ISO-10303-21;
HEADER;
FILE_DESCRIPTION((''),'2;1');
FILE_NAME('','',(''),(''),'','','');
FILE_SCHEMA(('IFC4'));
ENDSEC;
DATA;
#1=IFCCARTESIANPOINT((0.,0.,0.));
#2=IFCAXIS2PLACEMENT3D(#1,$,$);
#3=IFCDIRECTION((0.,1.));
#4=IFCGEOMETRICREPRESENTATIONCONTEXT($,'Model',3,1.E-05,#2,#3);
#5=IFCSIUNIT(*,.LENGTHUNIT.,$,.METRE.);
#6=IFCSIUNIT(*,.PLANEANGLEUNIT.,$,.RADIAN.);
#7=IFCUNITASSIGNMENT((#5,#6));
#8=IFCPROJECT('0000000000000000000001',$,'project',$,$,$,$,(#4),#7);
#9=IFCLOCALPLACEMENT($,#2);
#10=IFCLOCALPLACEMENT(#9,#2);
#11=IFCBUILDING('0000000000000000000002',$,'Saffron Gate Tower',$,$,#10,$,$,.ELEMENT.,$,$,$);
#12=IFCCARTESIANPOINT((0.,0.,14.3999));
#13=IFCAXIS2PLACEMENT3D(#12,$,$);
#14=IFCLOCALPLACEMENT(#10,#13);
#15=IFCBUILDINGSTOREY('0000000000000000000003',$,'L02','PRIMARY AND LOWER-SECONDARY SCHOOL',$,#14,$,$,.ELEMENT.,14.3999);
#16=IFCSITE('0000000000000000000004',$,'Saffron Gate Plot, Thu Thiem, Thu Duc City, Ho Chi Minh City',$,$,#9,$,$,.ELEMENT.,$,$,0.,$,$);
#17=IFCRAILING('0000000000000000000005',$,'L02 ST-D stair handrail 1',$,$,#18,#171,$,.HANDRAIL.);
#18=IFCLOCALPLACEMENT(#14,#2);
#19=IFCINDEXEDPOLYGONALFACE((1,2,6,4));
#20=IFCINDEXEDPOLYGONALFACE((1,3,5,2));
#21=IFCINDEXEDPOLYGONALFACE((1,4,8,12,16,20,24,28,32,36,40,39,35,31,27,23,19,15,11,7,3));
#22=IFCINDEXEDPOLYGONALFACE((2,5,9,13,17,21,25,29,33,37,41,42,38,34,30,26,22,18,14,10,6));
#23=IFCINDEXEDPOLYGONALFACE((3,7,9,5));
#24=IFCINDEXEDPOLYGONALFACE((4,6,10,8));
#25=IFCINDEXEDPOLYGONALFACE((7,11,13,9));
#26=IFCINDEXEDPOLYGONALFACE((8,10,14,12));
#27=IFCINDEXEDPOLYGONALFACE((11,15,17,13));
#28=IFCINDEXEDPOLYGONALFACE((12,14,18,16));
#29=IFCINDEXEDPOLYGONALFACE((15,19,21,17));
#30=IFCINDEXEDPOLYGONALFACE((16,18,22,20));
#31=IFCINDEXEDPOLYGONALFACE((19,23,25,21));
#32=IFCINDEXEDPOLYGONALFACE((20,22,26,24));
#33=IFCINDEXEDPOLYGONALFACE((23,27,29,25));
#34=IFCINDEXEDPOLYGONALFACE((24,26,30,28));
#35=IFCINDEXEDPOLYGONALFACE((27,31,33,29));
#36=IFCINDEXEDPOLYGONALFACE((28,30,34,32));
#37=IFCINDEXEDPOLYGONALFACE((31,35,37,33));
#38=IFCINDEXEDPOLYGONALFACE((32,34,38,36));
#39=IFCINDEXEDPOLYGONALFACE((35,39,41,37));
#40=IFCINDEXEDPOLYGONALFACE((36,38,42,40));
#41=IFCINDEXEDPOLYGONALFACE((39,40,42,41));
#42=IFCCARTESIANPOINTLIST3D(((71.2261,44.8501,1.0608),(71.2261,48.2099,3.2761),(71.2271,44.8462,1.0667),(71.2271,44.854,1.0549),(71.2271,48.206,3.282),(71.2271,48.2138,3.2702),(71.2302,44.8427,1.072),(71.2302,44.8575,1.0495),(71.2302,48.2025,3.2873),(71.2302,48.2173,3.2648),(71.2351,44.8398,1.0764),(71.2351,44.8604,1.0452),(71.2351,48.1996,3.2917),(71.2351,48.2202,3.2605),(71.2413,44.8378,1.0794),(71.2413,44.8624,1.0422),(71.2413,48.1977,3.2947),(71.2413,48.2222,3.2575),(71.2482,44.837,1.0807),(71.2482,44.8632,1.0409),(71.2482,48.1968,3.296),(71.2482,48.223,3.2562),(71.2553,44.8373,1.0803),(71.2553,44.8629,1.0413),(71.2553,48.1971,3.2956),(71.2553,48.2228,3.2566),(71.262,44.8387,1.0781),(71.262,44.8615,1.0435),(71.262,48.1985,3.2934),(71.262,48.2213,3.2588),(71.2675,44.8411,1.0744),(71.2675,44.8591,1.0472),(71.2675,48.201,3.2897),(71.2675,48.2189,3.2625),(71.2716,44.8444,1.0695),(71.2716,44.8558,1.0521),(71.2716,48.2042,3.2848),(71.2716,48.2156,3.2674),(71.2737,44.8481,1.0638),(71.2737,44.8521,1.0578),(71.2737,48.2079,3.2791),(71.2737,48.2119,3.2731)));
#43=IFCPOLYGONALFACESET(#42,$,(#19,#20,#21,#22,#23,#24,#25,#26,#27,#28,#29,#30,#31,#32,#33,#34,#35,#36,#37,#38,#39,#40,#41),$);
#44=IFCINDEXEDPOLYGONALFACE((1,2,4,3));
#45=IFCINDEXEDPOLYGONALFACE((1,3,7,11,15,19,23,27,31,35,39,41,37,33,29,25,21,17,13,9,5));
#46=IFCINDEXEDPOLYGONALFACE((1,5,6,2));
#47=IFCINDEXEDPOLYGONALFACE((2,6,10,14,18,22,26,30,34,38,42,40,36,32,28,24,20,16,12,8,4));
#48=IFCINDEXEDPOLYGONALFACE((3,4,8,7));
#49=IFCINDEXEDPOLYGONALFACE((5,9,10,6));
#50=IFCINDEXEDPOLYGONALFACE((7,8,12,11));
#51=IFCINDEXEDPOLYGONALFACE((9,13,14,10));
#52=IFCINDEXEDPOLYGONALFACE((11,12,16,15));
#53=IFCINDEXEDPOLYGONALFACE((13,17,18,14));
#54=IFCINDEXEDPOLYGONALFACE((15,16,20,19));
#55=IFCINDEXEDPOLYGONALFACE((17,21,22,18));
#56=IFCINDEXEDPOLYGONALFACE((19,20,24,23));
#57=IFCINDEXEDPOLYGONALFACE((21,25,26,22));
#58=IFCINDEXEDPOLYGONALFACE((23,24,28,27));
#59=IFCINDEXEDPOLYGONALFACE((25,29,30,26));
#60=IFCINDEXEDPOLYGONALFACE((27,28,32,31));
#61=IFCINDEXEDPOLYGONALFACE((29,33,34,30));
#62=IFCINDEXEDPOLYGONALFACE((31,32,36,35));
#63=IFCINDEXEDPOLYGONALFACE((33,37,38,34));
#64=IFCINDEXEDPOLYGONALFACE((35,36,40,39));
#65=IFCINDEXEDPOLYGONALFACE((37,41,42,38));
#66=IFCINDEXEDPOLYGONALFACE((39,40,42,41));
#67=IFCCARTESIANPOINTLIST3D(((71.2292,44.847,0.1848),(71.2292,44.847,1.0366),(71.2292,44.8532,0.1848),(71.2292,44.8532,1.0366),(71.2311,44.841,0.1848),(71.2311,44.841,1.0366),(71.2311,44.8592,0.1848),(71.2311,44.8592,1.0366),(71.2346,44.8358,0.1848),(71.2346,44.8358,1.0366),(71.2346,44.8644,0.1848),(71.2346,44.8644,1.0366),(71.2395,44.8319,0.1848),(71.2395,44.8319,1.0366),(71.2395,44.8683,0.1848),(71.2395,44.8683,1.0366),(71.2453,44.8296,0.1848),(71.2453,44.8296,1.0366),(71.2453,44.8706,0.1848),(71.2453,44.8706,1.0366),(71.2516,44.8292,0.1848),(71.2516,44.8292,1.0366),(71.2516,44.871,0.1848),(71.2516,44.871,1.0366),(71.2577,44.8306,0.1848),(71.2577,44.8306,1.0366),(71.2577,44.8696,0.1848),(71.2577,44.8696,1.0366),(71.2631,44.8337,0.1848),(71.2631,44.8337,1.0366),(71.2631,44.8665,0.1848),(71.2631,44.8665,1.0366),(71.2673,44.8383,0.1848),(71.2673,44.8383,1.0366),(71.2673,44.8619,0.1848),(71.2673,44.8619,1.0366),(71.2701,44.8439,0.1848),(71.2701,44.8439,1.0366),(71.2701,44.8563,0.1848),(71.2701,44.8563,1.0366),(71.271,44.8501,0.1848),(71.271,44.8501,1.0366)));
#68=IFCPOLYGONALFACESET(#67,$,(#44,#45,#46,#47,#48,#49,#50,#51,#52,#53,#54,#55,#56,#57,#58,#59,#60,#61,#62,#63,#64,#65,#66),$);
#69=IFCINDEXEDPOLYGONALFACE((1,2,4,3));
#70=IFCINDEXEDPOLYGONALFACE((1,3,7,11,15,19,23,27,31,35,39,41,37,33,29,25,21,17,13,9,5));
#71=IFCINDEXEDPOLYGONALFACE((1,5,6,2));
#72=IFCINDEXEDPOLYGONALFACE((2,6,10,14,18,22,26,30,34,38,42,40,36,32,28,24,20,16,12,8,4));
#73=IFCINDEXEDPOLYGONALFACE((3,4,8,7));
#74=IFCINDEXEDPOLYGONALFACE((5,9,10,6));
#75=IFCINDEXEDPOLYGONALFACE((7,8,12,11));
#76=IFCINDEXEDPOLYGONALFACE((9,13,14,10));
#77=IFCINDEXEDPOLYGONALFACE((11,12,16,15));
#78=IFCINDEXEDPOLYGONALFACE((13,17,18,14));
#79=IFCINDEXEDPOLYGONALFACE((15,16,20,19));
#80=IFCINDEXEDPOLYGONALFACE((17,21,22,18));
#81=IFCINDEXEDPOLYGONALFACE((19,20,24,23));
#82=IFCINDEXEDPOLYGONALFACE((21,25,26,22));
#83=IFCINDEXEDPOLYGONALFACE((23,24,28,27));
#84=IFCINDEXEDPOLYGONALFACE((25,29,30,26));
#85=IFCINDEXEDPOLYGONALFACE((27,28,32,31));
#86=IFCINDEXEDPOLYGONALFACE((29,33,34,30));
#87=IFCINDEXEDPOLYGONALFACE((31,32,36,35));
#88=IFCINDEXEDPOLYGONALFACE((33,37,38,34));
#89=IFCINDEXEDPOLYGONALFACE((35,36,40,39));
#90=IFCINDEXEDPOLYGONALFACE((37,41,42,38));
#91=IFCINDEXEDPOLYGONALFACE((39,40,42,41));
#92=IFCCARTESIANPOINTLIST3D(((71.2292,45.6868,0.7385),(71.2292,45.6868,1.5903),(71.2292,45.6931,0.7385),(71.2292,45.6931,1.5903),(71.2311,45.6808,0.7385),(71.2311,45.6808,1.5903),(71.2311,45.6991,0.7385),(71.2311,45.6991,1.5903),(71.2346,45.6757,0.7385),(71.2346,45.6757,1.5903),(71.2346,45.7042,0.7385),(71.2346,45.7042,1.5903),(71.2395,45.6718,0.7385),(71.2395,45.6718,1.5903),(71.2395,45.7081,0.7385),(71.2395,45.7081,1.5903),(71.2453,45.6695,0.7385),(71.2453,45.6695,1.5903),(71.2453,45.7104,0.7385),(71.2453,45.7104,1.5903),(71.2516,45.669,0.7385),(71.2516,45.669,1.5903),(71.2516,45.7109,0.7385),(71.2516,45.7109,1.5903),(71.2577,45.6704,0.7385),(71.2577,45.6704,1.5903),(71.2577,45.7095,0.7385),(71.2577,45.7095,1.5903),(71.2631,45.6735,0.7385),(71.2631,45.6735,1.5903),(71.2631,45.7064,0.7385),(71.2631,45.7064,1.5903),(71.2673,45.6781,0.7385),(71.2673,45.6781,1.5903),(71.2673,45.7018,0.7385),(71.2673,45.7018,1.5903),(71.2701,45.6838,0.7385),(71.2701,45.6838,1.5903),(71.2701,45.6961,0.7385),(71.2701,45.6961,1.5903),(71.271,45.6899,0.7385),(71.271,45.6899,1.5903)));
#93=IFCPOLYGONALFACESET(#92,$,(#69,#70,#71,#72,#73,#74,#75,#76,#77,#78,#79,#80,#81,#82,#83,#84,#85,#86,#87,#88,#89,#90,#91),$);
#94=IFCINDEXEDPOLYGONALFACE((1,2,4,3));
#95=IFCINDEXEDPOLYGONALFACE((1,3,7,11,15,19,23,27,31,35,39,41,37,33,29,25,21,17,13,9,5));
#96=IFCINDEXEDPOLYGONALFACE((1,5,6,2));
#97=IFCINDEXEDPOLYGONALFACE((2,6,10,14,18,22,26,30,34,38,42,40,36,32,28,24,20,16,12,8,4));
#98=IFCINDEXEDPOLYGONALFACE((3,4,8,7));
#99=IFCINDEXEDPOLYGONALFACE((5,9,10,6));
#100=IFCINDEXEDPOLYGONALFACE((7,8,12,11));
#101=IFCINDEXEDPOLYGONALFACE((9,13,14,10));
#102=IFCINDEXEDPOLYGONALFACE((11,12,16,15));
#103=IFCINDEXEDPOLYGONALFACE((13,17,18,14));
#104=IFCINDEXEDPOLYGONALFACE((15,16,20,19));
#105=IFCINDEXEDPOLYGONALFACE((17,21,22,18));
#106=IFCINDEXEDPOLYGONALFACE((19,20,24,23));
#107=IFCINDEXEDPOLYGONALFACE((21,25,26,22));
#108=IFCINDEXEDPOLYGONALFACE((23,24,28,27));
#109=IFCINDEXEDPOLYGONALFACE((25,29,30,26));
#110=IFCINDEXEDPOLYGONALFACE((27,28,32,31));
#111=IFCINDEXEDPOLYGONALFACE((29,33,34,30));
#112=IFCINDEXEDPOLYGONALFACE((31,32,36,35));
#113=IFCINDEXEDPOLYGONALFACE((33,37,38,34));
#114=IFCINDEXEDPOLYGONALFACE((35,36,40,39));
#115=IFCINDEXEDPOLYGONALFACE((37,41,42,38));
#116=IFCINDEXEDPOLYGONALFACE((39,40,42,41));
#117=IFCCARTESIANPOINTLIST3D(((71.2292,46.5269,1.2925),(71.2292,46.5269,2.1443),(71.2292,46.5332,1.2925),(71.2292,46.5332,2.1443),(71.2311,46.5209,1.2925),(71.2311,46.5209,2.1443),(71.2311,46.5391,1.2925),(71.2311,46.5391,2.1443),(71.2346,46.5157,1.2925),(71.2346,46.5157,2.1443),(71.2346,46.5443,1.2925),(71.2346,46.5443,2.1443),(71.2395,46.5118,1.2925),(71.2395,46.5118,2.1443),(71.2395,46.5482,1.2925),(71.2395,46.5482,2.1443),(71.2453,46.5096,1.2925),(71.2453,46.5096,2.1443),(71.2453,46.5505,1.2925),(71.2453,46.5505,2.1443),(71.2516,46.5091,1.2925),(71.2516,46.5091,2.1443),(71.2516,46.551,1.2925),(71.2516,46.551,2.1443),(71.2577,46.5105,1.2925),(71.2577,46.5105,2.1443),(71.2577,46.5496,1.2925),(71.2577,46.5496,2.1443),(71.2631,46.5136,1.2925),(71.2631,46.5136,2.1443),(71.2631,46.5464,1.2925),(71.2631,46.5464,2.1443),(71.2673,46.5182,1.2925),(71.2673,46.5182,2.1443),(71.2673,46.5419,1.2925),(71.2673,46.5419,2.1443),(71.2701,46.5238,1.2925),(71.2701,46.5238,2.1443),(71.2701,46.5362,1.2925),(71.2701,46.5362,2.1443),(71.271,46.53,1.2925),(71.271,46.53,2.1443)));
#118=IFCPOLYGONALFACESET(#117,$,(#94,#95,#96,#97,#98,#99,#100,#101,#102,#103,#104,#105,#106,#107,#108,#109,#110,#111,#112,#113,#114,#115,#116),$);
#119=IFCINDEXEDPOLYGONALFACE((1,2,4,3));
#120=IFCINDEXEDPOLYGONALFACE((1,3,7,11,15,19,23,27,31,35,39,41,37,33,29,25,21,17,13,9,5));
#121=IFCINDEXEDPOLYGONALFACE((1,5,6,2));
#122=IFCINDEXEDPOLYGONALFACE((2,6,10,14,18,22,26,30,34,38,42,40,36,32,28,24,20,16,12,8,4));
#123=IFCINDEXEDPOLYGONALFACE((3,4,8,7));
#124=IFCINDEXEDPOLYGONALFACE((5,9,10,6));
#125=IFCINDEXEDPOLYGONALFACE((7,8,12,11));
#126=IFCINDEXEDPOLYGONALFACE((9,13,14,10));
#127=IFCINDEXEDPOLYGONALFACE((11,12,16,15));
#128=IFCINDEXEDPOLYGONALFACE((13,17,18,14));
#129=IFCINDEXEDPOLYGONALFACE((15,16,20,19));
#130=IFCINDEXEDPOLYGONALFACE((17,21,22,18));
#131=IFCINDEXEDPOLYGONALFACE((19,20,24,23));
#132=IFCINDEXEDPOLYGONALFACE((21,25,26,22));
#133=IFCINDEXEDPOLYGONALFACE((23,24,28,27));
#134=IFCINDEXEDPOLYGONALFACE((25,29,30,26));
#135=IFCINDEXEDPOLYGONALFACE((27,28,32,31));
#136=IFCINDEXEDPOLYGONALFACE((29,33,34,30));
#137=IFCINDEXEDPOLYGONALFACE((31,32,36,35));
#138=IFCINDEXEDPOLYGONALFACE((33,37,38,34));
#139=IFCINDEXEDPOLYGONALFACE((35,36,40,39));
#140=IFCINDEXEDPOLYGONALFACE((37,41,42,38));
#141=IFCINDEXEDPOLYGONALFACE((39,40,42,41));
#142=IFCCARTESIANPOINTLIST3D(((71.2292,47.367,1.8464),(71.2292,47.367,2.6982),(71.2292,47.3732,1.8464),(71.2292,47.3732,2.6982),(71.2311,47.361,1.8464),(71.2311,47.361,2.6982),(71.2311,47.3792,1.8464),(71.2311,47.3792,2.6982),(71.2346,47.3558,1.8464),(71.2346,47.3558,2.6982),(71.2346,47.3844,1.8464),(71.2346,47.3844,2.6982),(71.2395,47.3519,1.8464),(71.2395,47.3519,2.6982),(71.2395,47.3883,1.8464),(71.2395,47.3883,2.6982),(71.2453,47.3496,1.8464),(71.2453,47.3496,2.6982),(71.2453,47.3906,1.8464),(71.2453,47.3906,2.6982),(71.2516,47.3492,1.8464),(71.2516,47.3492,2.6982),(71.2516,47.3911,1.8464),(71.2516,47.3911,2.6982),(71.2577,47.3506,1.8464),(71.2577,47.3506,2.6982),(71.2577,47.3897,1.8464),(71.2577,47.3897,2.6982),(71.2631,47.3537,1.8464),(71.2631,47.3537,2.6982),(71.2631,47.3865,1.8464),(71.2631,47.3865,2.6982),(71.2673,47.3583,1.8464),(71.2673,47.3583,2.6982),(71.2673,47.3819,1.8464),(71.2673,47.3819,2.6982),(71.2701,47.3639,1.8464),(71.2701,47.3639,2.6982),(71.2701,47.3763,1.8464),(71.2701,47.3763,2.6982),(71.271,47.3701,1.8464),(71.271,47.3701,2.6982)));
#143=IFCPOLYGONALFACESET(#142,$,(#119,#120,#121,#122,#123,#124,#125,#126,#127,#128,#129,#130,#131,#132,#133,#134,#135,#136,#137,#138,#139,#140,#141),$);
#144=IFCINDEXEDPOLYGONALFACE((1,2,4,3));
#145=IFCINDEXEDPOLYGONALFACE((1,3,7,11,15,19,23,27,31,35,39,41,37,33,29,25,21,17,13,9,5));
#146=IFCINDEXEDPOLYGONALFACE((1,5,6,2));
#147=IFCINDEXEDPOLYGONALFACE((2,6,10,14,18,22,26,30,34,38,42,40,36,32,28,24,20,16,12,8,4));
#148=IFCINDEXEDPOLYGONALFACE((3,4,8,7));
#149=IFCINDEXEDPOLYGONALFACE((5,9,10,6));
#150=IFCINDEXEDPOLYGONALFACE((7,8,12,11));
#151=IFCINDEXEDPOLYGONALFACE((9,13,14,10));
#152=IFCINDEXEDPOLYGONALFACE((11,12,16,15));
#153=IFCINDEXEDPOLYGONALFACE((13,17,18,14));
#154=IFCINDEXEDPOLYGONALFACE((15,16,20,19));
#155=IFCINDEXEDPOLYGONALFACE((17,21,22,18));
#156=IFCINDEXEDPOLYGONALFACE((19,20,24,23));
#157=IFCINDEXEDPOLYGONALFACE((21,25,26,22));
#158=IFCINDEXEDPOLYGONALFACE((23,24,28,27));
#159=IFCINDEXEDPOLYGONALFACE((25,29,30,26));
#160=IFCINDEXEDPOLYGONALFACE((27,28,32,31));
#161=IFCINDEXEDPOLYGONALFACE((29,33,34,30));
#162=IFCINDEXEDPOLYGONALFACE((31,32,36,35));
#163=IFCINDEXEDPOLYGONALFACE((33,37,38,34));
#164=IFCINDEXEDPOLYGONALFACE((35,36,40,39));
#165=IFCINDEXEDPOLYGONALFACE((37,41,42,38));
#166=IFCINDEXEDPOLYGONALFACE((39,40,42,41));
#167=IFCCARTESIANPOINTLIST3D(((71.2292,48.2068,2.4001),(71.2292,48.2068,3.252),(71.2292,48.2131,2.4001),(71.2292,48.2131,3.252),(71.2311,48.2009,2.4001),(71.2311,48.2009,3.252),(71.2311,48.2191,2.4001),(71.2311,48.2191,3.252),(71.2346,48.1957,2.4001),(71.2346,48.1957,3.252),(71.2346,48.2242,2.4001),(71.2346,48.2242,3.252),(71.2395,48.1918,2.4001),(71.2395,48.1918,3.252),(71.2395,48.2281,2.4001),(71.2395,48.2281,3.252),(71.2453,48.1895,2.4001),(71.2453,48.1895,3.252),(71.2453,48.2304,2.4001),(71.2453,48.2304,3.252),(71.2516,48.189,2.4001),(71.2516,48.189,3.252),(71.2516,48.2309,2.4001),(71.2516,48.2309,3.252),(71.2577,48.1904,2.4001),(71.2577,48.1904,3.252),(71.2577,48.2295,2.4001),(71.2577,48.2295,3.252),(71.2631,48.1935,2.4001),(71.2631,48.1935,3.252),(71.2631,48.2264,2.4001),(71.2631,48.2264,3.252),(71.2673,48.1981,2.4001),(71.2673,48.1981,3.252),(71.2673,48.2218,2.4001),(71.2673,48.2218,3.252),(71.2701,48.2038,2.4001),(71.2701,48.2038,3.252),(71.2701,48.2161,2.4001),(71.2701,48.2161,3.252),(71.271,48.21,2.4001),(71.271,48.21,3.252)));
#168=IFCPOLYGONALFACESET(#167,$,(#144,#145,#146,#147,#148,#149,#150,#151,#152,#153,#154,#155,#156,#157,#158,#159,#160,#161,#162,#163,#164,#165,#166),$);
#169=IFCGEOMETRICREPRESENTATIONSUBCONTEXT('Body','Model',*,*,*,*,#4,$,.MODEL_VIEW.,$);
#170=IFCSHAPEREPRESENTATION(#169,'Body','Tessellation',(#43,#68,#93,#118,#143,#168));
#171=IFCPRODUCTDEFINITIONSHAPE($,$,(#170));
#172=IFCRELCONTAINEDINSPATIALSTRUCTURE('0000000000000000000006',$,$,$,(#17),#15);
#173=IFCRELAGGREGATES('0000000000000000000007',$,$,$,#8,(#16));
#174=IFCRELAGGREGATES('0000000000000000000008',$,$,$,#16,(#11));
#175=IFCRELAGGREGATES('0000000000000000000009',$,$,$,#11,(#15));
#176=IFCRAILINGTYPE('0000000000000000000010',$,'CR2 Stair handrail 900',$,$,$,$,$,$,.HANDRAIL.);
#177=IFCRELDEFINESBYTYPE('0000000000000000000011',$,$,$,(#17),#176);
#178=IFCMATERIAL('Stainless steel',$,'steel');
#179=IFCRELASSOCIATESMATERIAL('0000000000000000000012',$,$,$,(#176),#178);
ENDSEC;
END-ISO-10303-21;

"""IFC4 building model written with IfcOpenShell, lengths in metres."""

from ifc_helpers import new_model, si_unit, direction, frame, origin, origin_2d, place, context, subcontext, project, spatial, circle, extrude, material, type_object, element, save


model = new_model("IFC4")

# Units and contexts
model_context = context("Model", 3, precision=1e-05, world=origin(), true_north=direction((0.0, 1.0)))
body_context = subcontext(model_context, "Body", "Model", "MODEL_VIEW")
ifc_project = project(units=[si_unit("LENGTHUNIT", "METRE"), si_unit("PLANEANGLEUNIT", "RADIAN")], contexts=[model_context])

# Site, building, storey
site_placement = place(None, origin())
site = spatial("IfcSite", under=ifc_project, at=site_placement, Name="Saffron Gate Plot, Thu Thiem, Thu Duc City, Ho Chi Minh City", CompositionType="ELEMENT", RefElevation=0.0)
building_placement = place(site_placement, origin())
building = spatial("IfcBuilding", under=site, at=building_placement, Name="Saffron Gate Tower", CompositionType="ELEMENT")
storey_placement = place(building_placement, frame((0.0, 0.0, 14.3999)))
storey = spatial("IfcBuildingStorey", under=building, at=storey_placement, Name="L02", Description="PRIMARY AND LOWER-SECONDARY SCHOOL", CompositionType="ELEMENT", Elevation=14.3999)

# Railing
ifc_material_1 = material(Name="Stainless steel", Category="steel")
railing_type_1 = type_object("IfcRailingType", Name="CR2 Stair handrail 900", PredefinedType="HANDRAIL", material=ifc_material_1)
railing_1_placement = place(storey_placement, frame((71.25, 44.8501, 0.1848)))
element("IfcRailing", 1, at=railing_1_placement, inside=storey, type_object=railing_type_1, Name="L02 ST-D stair handrail 1", PredefinedType="HANDRAIL", context=body_context, shape_type="SweptSolid", body=[
    extrude(circle(Radius=0.0239, at=origin_2d()), frame((0.0, 0.0, 0.876), z_axis=(0.0, 0.834858, 0.550465), x_axis=(-1.0, 0.0, 0.0)), (0.0, 0.0, 1.0), 4.0244),
    extrude(circle(Radius=0.021, at=origin_2d()), origin(), (0.0, 0.0, 1.0), 0.8518),
    extrude(circle(Radius=0.021, at=origin_2d()), frame((0.0, 0.8398, 0.5537)), (0.0, 0.0, 1.0), 0.8518),
    extrude(circle(Radius=0.021, at=origin_2d()), frame((0.0, 1.6799, 1.1077)), (0.0, 0.0, 1.0), 0.8518),
    extrude(circle(Radius=0.021, at=origin_2d()), frame((0.0, 2.52, 1.6616)), (0.0, 0.0, 1.0), 0.8518),
    extrude(circle(Radius=0.021, at=origin_2d()), frame((0.0, 3.3599, 2.2153)), (0.0, 0.0, 1.0), 0.8518),
])

save(model, "model.ifc")
